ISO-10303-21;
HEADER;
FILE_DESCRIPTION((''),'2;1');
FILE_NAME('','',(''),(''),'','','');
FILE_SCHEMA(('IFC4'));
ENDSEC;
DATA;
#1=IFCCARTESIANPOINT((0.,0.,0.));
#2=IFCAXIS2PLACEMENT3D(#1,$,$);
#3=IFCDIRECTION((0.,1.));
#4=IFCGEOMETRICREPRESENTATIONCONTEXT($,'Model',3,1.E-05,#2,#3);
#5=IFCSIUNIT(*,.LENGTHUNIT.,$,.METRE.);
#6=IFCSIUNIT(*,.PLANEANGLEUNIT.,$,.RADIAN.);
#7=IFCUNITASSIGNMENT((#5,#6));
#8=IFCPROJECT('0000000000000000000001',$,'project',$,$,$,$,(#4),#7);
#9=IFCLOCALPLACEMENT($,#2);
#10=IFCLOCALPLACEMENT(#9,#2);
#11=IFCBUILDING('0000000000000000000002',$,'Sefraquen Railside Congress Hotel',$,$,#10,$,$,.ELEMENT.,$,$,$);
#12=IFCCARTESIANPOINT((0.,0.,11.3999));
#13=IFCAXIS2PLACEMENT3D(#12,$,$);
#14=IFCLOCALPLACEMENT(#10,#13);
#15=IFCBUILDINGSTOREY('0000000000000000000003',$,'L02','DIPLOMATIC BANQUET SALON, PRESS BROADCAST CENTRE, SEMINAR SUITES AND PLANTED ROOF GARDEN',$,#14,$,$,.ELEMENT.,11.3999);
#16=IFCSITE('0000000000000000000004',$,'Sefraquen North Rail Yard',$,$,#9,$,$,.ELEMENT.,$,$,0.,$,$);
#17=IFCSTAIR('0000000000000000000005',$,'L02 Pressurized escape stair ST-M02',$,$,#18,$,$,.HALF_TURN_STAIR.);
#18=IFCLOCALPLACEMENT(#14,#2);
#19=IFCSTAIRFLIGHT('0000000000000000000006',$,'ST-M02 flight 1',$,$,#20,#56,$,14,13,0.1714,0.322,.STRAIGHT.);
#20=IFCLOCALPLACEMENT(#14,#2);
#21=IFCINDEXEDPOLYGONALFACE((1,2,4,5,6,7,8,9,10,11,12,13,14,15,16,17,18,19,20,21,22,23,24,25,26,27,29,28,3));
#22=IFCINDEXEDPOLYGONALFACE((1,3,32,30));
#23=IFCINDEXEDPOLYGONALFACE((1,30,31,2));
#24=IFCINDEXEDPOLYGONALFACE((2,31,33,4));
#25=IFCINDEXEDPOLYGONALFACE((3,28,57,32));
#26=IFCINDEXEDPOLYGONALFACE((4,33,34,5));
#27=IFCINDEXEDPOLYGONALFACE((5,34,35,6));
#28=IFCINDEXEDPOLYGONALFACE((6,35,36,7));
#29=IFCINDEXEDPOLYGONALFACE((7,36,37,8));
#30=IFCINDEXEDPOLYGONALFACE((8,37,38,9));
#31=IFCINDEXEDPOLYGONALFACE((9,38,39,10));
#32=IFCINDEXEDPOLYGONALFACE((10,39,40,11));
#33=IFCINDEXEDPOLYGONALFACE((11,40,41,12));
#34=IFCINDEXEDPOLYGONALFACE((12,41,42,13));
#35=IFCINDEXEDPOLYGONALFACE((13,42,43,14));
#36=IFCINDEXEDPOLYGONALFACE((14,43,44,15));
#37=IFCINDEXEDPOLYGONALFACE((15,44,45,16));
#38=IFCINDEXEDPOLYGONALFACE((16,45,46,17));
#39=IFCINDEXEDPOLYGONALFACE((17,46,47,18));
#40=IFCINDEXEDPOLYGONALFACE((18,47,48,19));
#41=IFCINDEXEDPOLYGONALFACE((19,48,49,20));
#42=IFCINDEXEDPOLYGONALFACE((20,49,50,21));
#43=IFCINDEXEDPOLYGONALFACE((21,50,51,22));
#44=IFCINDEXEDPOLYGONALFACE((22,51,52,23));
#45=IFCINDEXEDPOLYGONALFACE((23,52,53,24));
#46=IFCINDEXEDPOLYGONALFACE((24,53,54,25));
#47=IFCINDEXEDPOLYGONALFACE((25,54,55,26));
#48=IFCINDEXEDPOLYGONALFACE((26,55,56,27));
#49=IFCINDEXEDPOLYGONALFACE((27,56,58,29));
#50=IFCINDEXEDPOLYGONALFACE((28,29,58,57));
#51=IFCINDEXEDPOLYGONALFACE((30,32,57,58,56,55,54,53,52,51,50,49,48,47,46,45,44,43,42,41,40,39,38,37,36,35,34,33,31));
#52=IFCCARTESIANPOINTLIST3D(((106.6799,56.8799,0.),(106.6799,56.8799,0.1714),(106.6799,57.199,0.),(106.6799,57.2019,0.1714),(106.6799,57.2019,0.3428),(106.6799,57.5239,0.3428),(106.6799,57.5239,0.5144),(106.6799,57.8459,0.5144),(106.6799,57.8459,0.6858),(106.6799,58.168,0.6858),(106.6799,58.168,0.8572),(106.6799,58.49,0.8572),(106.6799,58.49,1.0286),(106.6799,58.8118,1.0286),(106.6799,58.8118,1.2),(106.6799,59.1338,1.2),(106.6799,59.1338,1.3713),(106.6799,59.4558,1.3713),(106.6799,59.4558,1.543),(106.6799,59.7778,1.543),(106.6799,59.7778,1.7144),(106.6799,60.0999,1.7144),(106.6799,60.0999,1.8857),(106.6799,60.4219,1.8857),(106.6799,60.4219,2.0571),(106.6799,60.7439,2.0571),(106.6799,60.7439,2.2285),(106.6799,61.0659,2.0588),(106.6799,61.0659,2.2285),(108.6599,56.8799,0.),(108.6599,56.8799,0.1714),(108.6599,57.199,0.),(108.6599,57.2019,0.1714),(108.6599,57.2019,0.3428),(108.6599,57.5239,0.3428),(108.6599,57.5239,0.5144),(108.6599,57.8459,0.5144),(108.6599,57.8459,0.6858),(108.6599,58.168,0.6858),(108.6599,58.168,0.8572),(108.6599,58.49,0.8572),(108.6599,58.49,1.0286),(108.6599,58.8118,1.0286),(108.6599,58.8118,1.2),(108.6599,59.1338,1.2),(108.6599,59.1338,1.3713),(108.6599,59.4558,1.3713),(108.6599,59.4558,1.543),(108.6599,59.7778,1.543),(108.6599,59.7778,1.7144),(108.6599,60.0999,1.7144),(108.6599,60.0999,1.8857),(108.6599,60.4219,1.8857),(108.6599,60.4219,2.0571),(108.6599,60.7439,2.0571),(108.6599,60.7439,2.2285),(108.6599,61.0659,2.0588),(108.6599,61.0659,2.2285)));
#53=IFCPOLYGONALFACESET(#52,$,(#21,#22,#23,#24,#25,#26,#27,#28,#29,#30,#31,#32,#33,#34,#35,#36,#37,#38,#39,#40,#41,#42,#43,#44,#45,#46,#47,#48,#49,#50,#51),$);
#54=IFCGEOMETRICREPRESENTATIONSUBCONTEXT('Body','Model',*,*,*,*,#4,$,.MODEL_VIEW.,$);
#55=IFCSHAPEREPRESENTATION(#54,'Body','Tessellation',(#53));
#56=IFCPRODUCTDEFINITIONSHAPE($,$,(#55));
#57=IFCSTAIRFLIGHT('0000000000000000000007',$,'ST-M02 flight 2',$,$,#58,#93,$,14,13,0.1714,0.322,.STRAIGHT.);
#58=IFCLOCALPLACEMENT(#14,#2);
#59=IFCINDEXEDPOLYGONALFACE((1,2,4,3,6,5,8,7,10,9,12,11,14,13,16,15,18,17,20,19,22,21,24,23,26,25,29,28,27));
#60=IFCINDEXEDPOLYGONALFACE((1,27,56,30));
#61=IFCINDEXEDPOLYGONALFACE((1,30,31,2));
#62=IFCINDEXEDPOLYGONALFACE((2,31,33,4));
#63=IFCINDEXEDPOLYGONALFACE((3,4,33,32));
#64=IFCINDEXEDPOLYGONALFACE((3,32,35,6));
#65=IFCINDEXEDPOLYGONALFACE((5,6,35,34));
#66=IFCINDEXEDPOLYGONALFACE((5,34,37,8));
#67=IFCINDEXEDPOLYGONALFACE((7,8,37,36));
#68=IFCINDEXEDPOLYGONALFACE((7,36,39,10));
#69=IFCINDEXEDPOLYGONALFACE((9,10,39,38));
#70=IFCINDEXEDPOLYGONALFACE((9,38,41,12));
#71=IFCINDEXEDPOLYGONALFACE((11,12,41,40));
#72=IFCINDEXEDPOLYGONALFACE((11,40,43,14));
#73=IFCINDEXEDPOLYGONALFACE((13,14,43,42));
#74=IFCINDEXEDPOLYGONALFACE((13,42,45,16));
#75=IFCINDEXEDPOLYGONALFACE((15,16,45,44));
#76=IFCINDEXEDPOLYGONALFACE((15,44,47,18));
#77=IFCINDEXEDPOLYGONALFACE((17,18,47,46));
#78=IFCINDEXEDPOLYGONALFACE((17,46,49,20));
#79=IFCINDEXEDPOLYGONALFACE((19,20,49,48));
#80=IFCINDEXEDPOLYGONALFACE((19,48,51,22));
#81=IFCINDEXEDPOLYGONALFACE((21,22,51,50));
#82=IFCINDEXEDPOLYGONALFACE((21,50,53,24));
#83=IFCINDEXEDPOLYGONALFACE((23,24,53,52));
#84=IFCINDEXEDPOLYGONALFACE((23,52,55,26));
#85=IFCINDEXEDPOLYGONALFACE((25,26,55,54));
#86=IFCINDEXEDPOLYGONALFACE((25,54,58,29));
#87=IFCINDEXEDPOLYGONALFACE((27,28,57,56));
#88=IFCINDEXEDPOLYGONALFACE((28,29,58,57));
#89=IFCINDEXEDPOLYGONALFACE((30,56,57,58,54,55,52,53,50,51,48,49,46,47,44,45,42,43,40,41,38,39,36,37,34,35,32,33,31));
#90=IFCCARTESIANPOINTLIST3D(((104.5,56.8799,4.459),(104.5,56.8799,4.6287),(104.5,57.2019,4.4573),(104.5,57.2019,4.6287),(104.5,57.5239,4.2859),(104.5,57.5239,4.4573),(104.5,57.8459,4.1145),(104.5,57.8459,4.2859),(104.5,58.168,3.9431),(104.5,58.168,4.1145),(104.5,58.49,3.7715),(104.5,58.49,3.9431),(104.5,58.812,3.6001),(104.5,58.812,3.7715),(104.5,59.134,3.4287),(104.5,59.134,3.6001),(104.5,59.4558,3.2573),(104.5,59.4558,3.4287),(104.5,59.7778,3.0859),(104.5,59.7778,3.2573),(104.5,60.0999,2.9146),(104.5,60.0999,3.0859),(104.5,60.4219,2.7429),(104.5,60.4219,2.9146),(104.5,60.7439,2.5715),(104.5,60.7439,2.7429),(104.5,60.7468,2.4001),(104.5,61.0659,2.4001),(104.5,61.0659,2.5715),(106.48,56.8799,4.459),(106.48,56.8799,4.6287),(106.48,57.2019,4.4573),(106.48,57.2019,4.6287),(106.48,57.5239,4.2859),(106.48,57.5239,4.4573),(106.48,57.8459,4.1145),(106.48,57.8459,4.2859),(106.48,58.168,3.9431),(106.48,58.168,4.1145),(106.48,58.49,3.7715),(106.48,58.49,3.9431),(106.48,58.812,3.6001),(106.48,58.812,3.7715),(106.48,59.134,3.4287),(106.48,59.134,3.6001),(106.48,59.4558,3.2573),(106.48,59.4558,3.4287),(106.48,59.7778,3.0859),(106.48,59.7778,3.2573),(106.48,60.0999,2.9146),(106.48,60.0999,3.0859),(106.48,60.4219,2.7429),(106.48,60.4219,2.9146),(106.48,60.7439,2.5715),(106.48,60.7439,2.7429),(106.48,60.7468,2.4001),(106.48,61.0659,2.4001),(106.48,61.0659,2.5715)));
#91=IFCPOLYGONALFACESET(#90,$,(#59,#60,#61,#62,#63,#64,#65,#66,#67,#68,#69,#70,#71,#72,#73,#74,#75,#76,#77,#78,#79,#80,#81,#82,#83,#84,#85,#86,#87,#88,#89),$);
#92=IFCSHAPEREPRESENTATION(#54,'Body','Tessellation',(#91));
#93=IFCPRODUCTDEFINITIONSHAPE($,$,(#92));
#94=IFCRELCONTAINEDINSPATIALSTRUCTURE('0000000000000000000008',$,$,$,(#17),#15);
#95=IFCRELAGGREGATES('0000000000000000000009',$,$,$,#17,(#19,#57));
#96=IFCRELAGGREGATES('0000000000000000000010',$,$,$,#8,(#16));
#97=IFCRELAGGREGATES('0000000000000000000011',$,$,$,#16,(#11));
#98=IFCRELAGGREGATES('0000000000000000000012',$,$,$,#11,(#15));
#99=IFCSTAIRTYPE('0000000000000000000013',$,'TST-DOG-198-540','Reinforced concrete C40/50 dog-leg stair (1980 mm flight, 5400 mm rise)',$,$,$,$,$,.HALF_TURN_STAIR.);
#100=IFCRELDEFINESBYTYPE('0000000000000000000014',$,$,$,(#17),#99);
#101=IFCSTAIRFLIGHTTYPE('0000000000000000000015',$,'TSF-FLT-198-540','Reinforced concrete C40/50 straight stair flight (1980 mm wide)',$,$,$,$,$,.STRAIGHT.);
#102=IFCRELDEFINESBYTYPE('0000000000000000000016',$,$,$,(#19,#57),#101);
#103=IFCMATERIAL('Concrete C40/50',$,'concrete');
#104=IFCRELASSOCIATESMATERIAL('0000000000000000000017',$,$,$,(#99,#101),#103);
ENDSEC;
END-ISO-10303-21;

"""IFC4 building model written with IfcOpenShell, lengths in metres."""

from ifc_helpers import new_model, si_unit, direction, frame, origin, place, context, subcontext, project, spatial, polyline, outline, extrude, material, type_object, element, aggregate, save


model = new_model("IFC4")

# Units and contexts
model_context = context("Model", 3, precision=1e-05, world=origin(), true_north=direction((0.0, 1.0)))
body_context = subcontext(model_context, "Body", "Model", "MODEL_VIEW")
ifc_project = project(units=[si_unit("LENGTHUNIT", "METRE"), si_unit("PLANEANGLEUNIT", "RADIAN")], contexts=[model_context])

# Site, building, storey
site_placement = place(None, origin())
site = spatial("IfcSite", under=ifc_project, at=site_placement, Name="Sefraquen North Rail Yard", CompositionType="ELEMENT", RefElevation=0.0)
building_placement = place(site_placement, origin())
building = spatial("IfcBuilding", under=site, at=building_placement, Name="Sefraquen Railside Congress Hotel", CompositionType="ELEMENT")
storey_placement = place(building_placement, frame((0.0, 0.0, 11.3999)))
storey = spatial("IfcBuildingStorey", under=building, at=storey_placement, Name="L02", Description="DIPLOMATIC BANQUET SALON, PRESS BROADCAST CENTRE, SEMINAR SUITES AND PLANTED ROOF GARDEN", CompositionType="ELEMENT", Elevation=11.3999)

# Stair, stair flights
ifc_material_1 = material(Name="Concrete C40/50", Category="concrete")
stair_type = type_object("IfcStairType", Name="TST-DOG-198-540", Description="Reinforced concrete C40/50 dog-leg stair (1980 mm flight, 5400 mm rise)", PredefinedType="HALF_TURN_STAIR", material=ifc_material_1)
stair_placement = place(storey_placement, origin())
stair = element("IfcStair", 1, at=stair_placement, inside=storey, type_object=stair_type, Name="L02 Pressurized escape stair ST-M02", PredefinedType="HALF_TURN_STAIR")
stair_flight_type = type_object("IfcStairFlightType", Name="TSF-FLT-198-540", Description="Reinforced concrete C40/50 straight stair flight (1980 mm wide)", PredefinedType="STRAIGHT", material=ifc_material_1)
stair_flight_1_placement = place(storey_placement, frame((107.6699, 56.8799, 0.0), z_axis=(0.0, 0.0, 1.0), x_axis=(0.0, 1.0, 0.0)))
stair_flight_1 = element("IfcStairFlight", 2, at=stair_flight_1_placement, type_object=stair_flight_type, Name="ST-M02 flight 1", NumberOfRisers=14, NumberOfTreads=13, PredefinedType="STRAIGHT", RiserHeight=0.1714, TreadLength=0.322, context=body_context, shape_type="SweptSolid", body=[
    extrude(outline(polyline([(0.0, 0.0), (0.0, 0.1714), (0.322, 0.1714), (0.322, 0.3428), (0.644, 0.3428), (0.644, 0.5144), (0.9661, 0.5144), (0.9661, 0.6858), (1.2881, 0.6858), (1.2881, 0.8572), (1.6101, 0.8572), (1.6101, 1.0286), (1.9319, 1.0286), (1.9319, 1.2), (2.2539, 1.2), (2.2539, 1.3713), (2.5759, 1.3713), (2.5759, 1.543), (2.8979, 1.543), (2.8979, 1.7144), (3.22, 1.7144), (3.22, 1.8857), (3.542, 1.8857), (3.542, 2.0571), (3.864, 2.0571), (3.864, 2.2285), (4.186, 2.2285), (4.186, 2.3999), (4.186, 2.0588), (0.3191, 0.0), (0.0, 0.0)])), frame((0.0, 0.99, 0.0), z_axis=(0.0, -1.0, 0.0), x_axis=(1.0, 0.0, 0.0)), (0.0, 0.0, 1.0), 1.98),
])
stair_flight_2_placement = place(storey_placement, frame((105.49, 61.0659, 2.4001), z_axis=(0.0, 0.0, 1.0), x_axis=(0.0, -1.0, 0.0)))
stair_flight_2 = element("IfcStairFlight", 3, at=stair_flight_2_placement, type_object=stair_flight_type, Name="ST-M02 flight 2", NumberOfRisers=14, NumberOfTreads=13, PredefinedType="STRAIGHT", RiserHeight=0.1714, TreadLength=0.322, context=body_context, shape_type="SweptSolid", body=[
    extrude(outline(polyline([(0.0, 0.0), (0.0, 0.1714), (0.322, 0.1714), (0.322, 0.3428), (0.644, 0.3428), (0.644, 0.5144), (0.9661, 0.5144), (0.9661, 0.6858), (1.2881, 0.6858), (1.2881, 0.8572), (1.6101, 0.8572), (1.6101, 1.0286), (1.9319, 1.0286), (1.9319, 1.2), (2.2539, 1.2), (2.2539, 1.3713), (2.5759, 1.3713), (2.5759, 1.543), (2.8979, 1.543), (2.8979, 1.7144), (3.22, 1.7144), (3.22, 1.8857), (3.542, 1.8857), (3.542, 2.0571), (3.864, 2.0571), (3.864, 2.2285), (4.186, 2.2285), (4.186, 2.3999), (4.186, 2.0588), (0.3191, 0.0), (0.0, 0.0)])), frame((0.0, 0.99, 0.0), z_axis=(0.0, -1.0, 0.0), x_axis=(1.0, 0.0, 0.0)), (0.0, 0.0, 1.0), 1.98),
])
aggregate(stair, [stair_flight_1, stair_flight_2])

save(model, "model.ifc")
